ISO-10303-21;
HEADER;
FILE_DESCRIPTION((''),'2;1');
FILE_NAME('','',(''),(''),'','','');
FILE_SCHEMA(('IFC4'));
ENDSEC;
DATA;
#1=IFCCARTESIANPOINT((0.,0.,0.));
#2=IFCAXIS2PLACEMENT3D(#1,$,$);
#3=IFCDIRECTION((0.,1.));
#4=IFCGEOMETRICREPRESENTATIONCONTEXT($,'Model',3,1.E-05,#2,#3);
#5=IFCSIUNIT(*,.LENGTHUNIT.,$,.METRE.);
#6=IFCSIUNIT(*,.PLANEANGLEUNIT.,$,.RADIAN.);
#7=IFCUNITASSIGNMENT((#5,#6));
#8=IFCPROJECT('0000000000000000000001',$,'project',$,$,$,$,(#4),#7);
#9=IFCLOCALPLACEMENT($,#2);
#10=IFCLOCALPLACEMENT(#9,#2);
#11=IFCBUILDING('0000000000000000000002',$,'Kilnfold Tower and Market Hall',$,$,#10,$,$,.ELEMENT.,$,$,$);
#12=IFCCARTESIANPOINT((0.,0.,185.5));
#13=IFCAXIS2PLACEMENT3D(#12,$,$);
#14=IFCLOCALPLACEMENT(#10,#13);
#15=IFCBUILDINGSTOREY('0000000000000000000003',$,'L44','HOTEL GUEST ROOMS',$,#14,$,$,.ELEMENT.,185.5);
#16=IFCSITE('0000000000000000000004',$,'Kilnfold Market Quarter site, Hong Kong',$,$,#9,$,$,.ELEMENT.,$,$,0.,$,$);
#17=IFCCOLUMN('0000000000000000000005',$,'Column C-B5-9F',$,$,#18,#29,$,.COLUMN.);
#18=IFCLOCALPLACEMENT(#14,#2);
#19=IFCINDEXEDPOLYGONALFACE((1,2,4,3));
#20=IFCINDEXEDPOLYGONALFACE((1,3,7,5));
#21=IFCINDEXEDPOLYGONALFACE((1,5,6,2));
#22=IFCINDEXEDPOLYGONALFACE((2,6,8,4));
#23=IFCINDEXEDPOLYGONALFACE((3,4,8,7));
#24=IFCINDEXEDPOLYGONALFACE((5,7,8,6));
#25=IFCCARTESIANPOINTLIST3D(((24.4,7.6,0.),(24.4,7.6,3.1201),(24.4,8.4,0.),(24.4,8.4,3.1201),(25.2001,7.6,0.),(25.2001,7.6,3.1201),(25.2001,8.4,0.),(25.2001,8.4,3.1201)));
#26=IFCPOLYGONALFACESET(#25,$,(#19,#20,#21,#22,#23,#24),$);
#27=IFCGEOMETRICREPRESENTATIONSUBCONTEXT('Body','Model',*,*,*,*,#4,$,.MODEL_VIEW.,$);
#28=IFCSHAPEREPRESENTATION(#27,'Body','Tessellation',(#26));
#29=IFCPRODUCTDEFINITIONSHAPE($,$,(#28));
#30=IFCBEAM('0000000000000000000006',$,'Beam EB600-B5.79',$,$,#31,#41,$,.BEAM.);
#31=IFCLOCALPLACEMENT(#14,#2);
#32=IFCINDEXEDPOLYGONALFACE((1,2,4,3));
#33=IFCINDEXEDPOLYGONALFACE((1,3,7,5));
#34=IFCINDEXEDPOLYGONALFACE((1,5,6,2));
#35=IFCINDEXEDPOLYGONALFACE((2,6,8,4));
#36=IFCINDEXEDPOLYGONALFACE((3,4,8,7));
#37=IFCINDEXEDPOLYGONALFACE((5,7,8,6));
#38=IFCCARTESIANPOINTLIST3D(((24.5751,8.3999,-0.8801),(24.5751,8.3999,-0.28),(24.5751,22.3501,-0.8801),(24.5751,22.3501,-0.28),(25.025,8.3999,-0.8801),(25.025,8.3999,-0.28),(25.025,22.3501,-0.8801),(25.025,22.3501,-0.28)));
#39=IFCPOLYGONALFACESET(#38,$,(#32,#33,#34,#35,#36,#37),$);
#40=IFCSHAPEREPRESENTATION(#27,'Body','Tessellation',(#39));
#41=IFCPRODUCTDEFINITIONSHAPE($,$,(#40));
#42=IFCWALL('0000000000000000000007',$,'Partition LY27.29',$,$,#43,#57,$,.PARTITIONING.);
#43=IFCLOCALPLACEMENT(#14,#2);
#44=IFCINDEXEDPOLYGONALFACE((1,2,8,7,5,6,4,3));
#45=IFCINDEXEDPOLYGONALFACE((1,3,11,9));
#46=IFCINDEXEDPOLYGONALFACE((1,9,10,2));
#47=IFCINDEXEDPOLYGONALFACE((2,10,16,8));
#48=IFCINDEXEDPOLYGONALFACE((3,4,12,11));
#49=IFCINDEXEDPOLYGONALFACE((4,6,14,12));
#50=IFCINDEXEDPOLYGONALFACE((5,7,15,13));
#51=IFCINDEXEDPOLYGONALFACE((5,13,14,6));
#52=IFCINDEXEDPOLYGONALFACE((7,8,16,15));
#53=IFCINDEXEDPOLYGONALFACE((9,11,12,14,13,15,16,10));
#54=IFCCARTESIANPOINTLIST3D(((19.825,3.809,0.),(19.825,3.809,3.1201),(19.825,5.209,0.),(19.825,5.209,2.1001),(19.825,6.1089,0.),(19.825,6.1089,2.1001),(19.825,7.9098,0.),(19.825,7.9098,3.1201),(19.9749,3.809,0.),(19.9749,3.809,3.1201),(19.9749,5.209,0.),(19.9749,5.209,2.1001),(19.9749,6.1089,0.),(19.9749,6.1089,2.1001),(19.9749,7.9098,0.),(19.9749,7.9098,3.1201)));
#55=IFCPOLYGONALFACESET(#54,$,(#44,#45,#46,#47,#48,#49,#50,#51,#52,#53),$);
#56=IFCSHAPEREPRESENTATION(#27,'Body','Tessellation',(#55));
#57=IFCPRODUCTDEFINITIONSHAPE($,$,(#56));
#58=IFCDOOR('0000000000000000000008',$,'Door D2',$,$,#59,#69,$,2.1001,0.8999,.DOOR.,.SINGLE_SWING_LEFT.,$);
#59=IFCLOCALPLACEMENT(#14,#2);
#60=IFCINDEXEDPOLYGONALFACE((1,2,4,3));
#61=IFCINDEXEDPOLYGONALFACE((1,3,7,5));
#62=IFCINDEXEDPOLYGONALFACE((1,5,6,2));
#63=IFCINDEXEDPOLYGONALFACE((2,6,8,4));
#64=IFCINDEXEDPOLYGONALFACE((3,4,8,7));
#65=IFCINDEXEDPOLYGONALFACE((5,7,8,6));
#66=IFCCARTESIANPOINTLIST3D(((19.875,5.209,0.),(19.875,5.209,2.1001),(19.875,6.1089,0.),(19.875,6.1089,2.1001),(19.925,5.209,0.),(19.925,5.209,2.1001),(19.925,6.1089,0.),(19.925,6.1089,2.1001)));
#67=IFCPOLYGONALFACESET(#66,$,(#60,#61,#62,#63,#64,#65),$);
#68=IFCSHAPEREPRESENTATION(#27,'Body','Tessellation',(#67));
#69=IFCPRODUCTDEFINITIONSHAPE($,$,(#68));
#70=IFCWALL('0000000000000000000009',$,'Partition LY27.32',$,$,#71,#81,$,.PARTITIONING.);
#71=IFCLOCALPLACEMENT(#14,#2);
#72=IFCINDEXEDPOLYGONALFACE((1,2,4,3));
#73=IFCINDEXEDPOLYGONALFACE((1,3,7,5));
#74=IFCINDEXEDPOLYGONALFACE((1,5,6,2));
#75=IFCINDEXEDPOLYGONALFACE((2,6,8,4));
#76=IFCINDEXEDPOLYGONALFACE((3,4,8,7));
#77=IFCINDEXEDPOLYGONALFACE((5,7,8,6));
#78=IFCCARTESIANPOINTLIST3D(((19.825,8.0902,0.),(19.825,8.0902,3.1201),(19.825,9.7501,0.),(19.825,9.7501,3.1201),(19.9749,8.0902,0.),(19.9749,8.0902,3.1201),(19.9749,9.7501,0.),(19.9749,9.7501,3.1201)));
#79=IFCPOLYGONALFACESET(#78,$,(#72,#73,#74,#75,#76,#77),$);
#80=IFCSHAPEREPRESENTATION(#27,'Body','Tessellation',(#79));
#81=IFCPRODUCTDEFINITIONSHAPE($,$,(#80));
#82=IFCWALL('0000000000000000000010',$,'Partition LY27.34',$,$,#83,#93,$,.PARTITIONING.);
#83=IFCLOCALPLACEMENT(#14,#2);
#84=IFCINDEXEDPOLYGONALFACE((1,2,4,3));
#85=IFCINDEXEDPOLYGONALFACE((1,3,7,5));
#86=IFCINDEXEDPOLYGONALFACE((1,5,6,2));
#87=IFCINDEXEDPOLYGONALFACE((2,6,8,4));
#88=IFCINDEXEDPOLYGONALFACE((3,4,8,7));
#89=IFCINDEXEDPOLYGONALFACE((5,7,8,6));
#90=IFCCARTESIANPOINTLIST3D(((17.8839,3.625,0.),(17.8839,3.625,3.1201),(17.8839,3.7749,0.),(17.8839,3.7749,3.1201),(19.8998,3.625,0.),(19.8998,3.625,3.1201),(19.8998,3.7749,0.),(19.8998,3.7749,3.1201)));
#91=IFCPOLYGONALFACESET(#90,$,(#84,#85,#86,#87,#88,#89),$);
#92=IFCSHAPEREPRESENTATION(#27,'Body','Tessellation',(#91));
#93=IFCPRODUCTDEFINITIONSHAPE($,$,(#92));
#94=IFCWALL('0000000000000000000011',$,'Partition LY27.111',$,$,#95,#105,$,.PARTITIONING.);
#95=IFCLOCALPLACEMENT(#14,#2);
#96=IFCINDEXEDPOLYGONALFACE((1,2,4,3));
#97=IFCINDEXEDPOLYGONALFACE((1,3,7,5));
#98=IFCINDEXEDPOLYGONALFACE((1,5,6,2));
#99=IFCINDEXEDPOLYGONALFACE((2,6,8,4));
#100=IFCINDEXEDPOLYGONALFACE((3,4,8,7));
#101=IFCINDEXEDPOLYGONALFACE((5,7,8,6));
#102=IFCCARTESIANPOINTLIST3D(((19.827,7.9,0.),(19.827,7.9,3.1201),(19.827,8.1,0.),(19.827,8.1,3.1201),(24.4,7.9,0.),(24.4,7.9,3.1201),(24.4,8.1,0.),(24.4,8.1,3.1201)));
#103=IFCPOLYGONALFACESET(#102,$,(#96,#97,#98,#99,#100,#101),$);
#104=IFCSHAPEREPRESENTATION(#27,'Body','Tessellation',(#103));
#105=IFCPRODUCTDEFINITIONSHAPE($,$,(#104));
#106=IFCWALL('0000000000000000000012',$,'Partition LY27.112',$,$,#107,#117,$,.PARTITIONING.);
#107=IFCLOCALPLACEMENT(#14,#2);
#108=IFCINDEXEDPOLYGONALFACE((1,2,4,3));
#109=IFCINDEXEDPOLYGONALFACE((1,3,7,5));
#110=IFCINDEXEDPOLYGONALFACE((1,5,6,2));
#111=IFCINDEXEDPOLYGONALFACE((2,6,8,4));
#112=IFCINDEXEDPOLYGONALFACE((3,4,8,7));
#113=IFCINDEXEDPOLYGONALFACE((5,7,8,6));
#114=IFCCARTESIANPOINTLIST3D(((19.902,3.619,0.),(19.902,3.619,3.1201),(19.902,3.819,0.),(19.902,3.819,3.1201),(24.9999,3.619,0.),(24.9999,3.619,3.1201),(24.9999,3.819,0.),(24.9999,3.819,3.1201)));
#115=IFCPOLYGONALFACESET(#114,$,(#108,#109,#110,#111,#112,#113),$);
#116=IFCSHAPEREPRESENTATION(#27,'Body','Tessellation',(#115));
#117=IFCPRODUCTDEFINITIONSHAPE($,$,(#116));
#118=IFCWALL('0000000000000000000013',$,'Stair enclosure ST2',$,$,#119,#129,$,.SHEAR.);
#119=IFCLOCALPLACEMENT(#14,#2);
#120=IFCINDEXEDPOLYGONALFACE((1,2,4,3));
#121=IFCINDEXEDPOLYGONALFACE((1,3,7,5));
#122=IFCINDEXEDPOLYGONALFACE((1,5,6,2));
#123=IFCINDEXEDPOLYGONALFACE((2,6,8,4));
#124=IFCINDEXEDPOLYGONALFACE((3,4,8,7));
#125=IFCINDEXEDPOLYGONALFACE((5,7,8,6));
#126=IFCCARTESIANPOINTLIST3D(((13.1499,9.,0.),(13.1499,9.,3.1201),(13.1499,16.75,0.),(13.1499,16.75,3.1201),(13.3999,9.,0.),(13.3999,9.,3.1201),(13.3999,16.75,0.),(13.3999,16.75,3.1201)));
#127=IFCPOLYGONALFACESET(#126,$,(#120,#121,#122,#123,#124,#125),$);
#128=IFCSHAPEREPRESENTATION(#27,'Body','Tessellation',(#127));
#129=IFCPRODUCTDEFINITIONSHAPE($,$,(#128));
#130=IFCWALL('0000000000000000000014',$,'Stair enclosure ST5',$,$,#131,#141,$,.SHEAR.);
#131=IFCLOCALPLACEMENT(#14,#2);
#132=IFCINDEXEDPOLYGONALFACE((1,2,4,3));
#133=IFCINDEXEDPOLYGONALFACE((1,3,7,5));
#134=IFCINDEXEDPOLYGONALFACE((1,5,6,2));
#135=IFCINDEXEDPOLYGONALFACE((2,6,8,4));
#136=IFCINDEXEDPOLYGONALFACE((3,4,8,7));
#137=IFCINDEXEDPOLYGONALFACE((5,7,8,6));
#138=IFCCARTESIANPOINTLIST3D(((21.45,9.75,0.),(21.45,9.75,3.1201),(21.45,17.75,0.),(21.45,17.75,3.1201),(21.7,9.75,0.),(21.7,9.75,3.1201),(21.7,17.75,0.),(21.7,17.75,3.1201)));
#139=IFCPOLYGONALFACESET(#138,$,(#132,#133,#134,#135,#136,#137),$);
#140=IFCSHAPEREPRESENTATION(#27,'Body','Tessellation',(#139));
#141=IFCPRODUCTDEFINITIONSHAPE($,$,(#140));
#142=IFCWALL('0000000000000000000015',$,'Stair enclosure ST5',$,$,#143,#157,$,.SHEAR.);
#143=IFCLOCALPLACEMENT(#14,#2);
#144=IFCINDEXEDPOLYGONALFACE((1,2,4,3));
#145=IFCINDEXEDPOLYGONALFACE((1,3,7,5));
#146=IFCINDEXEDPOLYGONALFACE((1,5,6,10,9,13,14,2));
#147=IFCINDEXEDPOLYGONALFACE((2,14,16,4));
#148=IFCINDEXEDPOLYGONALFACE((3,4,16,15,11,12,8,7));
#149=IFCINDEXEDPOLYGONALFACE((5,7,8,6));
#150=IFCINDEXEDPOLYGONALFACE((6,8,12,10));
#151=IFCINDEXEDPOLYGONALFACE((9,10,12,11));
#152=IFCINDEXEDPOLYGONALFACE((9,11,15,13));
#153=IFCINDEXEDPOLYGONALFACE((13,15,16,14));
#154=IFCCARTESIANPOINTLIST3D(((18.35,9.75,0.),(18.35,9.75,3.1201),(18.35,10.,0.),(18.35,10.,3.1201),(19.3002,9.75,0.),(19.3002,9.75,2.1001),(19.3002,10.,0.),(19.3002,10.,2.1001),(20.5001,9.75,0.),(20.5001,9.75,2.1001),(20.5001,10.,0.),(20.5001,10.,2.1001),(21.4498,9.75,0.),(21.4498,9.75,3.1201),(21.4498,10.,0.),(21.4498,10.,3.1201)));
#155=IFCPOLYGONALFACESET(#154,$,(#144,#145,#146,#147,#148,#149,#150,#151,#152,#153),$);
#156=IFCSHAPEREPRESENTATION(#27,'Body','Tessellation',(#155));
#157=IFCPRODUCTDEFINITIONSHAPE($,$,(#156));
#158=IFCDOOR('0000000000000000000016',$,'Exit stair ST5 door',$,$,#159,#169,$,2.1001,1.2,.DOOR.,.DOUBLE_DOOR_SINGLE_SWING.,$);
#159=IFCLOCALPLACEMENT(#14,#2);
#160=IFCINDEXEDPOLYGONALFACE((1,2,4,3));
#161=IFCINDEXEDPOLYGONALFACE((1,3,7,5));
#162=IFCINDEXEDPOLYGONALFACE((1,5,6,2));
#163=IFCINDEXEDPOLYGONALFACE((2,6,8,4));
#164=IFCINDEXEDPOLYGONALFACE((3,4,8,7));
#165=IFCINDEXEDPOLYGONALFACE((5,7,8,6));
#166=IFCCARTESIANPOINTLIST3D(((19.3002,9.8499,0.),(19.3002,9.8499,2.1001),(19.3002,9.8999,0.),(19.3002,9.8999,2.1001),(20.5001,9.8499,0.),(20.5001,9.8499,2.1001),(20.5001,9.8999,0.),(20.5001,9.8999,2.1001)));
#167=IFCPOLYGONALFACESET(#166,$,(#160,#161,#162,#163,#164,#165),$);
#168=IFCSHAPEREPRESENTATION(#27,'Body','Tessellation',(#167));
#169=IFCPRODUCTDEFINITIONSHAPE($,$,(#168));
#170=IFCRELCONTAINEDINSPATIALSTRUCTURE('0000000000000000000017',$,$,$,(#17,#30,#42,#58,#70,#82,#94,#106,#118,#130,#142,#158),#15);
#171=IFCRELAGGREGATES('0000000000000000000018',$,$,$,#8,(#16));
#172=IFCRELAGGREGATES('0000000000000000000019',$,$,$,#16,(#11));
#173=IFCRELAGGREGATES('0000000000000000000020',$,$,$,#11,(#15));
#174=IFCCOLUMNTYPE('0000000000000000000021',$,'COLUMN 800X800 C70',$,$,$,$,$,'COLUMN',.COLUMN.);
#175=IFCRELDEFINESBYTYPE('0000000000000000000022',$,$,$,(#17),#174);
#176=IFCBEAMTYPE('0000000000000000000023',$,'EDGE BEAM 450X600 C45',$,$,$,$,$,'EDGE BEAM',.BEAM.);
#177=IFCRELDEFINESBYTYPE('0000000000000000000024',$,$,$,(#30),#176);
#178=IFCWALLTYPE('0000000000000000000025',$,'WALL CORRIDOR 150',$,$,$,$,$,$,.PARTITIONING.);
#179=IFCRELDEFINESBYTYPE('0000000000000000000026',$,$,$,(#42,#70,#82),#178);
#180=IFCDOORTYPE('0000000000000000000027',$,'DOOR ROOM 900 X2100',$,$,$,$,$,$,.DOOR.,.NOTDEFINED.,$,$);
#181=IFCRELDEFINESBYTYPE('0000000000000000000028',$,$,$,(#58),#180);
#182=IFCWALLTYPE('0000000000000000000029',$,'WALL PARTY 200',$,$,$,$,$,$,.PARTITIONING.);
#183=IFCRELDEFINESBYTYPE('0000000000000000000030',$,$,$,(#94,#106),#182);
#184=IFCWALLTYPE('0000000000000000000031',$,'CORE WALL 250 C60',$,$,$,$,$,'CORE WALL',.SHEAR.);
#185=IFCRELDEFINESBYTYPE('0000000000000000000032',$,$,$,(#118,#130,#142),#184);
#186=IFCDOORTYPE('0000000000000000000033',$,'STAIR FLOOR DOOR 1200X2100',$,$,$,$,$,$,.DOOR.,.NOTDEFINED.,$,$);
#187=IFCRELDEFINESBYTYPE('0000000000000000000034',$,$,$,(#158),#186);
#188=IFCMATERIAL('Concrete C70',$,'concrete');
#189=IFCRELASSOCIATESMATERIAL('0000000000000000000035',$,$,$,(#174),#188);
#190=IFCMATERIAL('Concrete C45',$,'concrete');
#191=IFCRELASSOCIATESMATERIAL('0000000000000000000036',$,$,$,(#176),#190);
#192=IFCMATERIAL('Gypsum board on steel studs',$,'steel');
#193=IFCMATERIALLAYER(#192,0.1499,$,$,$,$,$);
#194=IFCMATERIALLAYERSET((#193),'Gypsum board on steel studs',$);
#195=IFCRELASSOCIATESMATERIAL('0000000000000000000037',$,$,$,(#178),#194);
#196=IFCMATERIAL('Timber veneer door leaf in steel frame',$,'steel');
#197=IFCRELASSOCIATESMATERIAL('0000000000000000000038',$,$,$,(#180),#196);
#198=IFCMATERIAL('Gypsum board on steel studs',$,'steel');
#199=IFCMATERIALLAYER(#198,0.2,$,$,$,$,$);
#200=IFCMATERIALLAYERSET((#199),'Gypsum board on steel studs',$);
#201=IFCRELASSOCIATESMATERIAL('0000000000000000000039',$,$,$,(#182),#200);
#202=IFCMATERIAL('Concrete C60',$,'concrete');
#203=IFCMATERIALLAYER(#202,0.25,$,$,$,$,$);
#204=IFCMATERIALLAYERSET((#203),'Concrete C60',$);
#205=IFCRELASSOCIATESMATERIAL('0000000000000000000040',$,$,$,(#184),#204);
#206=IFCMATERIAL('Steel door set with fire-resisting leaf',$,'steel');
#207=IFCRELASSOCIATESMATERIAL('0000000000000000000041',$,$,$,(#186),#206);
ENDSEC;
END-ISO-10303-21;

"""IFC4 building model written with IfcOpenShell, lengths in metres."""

from ifc_helpers import new_model, si_unit, direction, frame, frame_2d, origin, origin_2d, place, context, subcontext, project, spatial, rectangle, extrude, source, transform, mapped, material, layer, layer_set, material_profile, profile_set, type_object, element, fill, save


model = new_model("IFC4")

# Units and contexts
model_context = context("Model", 3, precision=1e-05, world=origin(), true_north=direction((0.0, 1.0)))
body_context = subcontext(model_context, "Body", "Model", "MODEL_VIEW")
ifc_project = project(units=[si_unit("LENGTHUNIT", "METRE"), si_unit("PLANEANGLEUNIT", "RADIAN")], contexts=[model_context])

# Site, building, storey
site_placement = place(None, origin())
site = spatial("IfcSite", under=ifc_project, at=site_placement, Name="Kilnfold Market Quarter site, Hong Kong", CompositionType="ELEMENT", RefElevation=0.0)
building_placement = place(site_placement, origin())
building = spatial("IfcBuilding", under=site, at=building_placement, Name="Kilnfold Tower and Market Hall", CompositionType="ELEMENT")
storey_placement = place(building_placement, frame((0.0, 0.0, 185.5)))
storey = spatial("IfcBuildingStorey", under=building, at=storey_placement, Name="L44", Description="HOTEL GUEST ROOMS", CompositionType="ELEMENT", Elevation=185.5)

# Column
ifc_material_1 = material(Name="Concrete C70", Category="concrete")
ifc_material_profile_1 = material_profile(ifc_material_1, rectangle(XDim=0.8, YDim=0.8, at=origin_2d()), Name="RC 800x800")
ifc_profile_set_1 = profile_set([ifc_material_profile_1], Name="Concrete C70")
column_type = type_object("IfcColumnType", Name="COLUMN 800X800 C70", ElementType="COLUMN", PredefinedType="COLUMN", material=ifc_profile_set_1)
shared_shape_1 = source(origin(), body_context, "Body", "SweptSolid", [
    extrude(rectangle(XDim=0.8, YDim=0.8, at=origin_2d()), origin(), (0.0, 0.0, 1.0), 3.1201),
])
column_placement = place(storey_placement, frame((24.8, 8.0, 0.0), z_axis=(0.0, 0.0, 1.0), x_axis=(1.0, 0.0, 0.0)))
element("IfcColumn", 1, at=column_placement, inside=storey, type_object=column_type, Name="Column C-B5-9F", PredefinedType="COLUMN", context=body_context, shape_type="MappedRepresentation", body=[
    mapped(shared_shape_1, transform((0.0, 0.0, 0.0))),
])

# Beam
ifc_material_2 = material(Name="Concrete C45", Category="concrete")
ifc_material_profile_2 = material_profile(ifc_material_2, rectangle(XDim=0.45, YDim=0.6001, at=origin_2d()), Name="RC 450x600")
ifc_profile_set_2 = profile_set([ifc_material_profile_2], Name="Concrete C45")
beam_type = type_object("IfcBeamType", Name="EDGE BEAM 450X600 C45", ElementType="EDGE BEAM", PredefinedType="BEAM", material=ifc_profile_set_2)
shared_shape_2 = source(origin(), body_context, "Body", "SweptSolid", [
    extrude(rectangle(XDim=0.45, YDim=0.6001, at=origin_2d()), origin(), (0.0, 0.0, 1.0), 13.9502),
])
beam_placement = place(storey_placement, frame((24.8, 8.3999, -0.5801), z_axis=(0.0, 1.0, 0.0), x_axis=(-1.0, 0.0, 0.0)))
element("IfcBeam", 2, at=beam_placement, inside=storey, type_object=beam_type, Name="Beam EB600-B5.79", PredefinedType="BEAM", context=body_context, shape_type="MappedRepresentation", body=[
    mapped(shared_shape_2, transform((0.0, 0.0, 0.0))),
])

# Wall, opening, door
ifc_material_3 = material(Name="Gypsum board on steel studs", Category="steel")
ifc_layer_1 = layer(ifc_material_3, 0.1499)
ifc_layer_set_1 = layer_set([ifc_layer_1], Name="Gypsum board on steel studs")
wall_type_1 = type_object("IfcWallType", Name="WALL CORRIDOR 150", PredefinedType="PARTITIONING", material=ifc_layer_set_1)
wall_1_placement = place(storey_placement, frame((19.8999, 3.8091, 0.0), z_axis=(0.0, 0.0, 1.0), x_axis=(0.0, 1.0, 0.0)))
wall_1 = element("IfcWall", 3, at=wall_1_placement, inside=storey, type_object=wall_type_1, Name="Partition LY27.29", PredefinedType="PARTITIONING", context=body_context, shape_type="SweptSolid", body=[
    extrude(rectangle(XDim=4.1008, YDim=0.1499, at=frame_2d((2.0503, 0.0))), origin(), (0.0, 0.0, 1.0), 3.1201),
])
opening_1_placement = place(wall_1_placement, frame((1.3999, 0.0, 0.0)))
opening_1 = element("IfcOpeningElement", 4, at=opening_1_placement, cuts=wall_1, PredefinedType="OPENING", context=body_context, shape_type="SweptSolid", body=[
    extrude(rectangle(XDim=0.8999, YDim=2.1001, at=frame_2d((0.45, 1.05))), frame((0.0, 0.085, 0.0), z_axis=(0.0, -1.0, 0.0), x_axis=(1.0, 0.0, 0.0)), (0.0, 0.0, 1.0), 0.1699),
])
ifc_material_4 = material(Name="Timber veneer door leaf in steel frame", Category="steel")
door_type_1 = type_object("IfcDoorType", Name="DOOR ROOM 900 X2100", OperationType="NOTDEFINED", PredefinedType="DOOR", material=ifc_material_4)
door_1_placement = place(opening_1_placement, origin())
door_1 = element("IfcDoor", 5, at=door_1_placement, inside=storey, type_object=door_type_1, Name="Door D2", OperationType="SINGLE_SWING_LEFT", OverallHeight=2.1001, OverallWidth=0.8999, PredefinedType="DOOR", context=body_context, shape_type="SweptSolid", body=[
    extrude(rectangle(XDim=0.8999, YDim=2.1001, at=frame_2d((0.45, 1.05))), frame((0.0, 0.0249, 0.0), z_axis=(0.0, -1.0, 0.0), x_axis=(1.0, 0.0, 0.0)), (0.0, 0.0, 1.0), 0.05),
])
fill(opening_1, door_1)

# Walls
wall_2_placement = place(storey_placement, frame((19.8999, 8.0901, 0.0), z_axis=(0.0, 0.0, 1.0), x_axis=(0.0, 1.0, 0.0)))
element("IfcWall", 6, at=wall_2_placement, inside=storey, type_object=wall_type_1, Name="Partition LY27.32", PredefinedType="PARTITIONING", context=body_context, shape_type="SweptSolid", body=[
    extrude(rectangle(XDim=1.6599, YDim=0.1499, at=frame_2d((0.8301, 0.0))), origin(), (0.0, 0.0, 1.0), 3.1201),
])
wall_3_placement = place(storey_placement, frame((17.884, 3.7, 0.0), z_axis=(0.0, 0.0, 1.0), x_axis=(1.0, 0.0, 0.0)))
element("IfcWall", 7, at=wall_3_placement, inside=storey, type_object=wall_type_1, Name="Partition LY27.34", PredefinedType="PARTITIONING", context=body_context, shape_type="SweptSolid", body=[
    extrude(rectangle(XDim=2.0159, YDim=0.1499, at=frame_2d((1.0078, 0.0))), origin(), (0.0, 0.0, 1.0), 3.1201),
])
ifc_material_5 = material(Name="Gypsum board on steel studs", Category="steel")
ifc_layer_2 = layer(ifc_material_5, 0.2)
ifc_layer_set_2 = layer_set([ifc_layer_2], Name="Gypsum board on steel studs")
wall_type_2 = type_object("IfcWallType", Name="WALL PARTY 200", PredefinedType="PARTITIONING", material=ifc_layer_set_2)
wall_4_placement = place(storey_placement, frame((19.8269, 8.0, 0.0), z_axis=(0.0, 0.0, 1.0), x_axis=(1.0, 0.0, 0.0)))
element("IfcWall", 8, at=wall_4_placement, inside=storey, type_object=wall_type_2, Name="Partition LY27.111", PredefinedType="PARTITIONING", context=body_context, shape_type="SweptSolid", body=[
    extrude(rectangle(XDim=4.573, YDim=0.2, at=frame_2d((2.2866, 0.0))), origin(), (0.0, 0.0, 1.0), 3.1201),
])
wall_5_placement = place(storey_placement, frame((19.9021, 3.719, 0.0), z_axis=(0.0, 0.0, 1.0), x_axis=(1.0, 0.0, 0.0)))
element("IfcWall", 9, at=wall_5_placement, inside=storey, type_object=wall_type_2, Name="Partition LY27.112", PredefinedType="PARTITIONING", context=body_context, shape_type="SweptSolid", body=[
    extrude(rectangle(XDim=5.0979, YDim=0.2, at=frame_2d((2.5488, 0.0))), origin(), (0.0, 0.0, 1.0), 3.1201),
])
ifc_material_6 = material(Name="Concrete C60", Category="concrete")
ifc_layer_3 = layer(ifc_material_6, 0.25)
ifc_layer_set_3 = layer_set([ifc_layer_3], Name="Concrete C60")
wall_type_3 = type_object("IfcWallType", Name="CORE WALL 250 C60", ElementType="CORE WALL", PredefinedType="SHEAR", material=ifc_layer_set_3)
shared_shape_3 = source(origin(), body_context, "Body", "SweptSolid", [
    extrude(rectangle(XDim=7.75, YDim=0.25, at=frame_2d((3.875, 0.0))), origin(), (0.0, 0.0, 1.0), 3.1201),
])
wall_6_placement = place(storey_placement, frame((13.2749, 9.0, 0.0), z_axis=(0.0, 0.0, 1.0), x_axis=(0.0, 1.0, 0.0)))
element("IfcWall", 10, at=wall_6_placement, inside=storey, type_object=wall_type_3, Name="Stair enclosure ST2", PredefinedType="SHEAR", context=body_context, shape_type="MappedRepresentation", body=[
    mapped(shared_shape_3, transform((0.0, 0.0, 0.0))),
])
shared_shape_4 = source(origin(), body_context, "Body", "SweptSolid", [
    extrude(rectangle(XDim=8.0, YDim=0.25, at=frame_2d((4.0, 0.0))), origin(), (0.0, 0.0, 1.0), 3.1201),
])
wall_7_placement = place(storey_placement, frame((21.575, 9.75, 0.0), z_axis=(0.0, 0.0, 1.0), x_axis=(0.0, 1.0, 0.0)))
element("IfcWall", 11, at=wall_7_placement, inside=storey, type_object=wall_type_3, Name="Stair enclosure ST5", PredefinedType="SHEAR", context=body_context, shape_type="MappedRepresentation", body=[
    mapped(shared_shape_4, transform((0.0, 0.0, 0.0))),
])

# Wall, opening, door
shared_shape_5 = source(origin(), body_context, "Body", "SweptSolid", [
    extrude(rectangle(XDim=3.0999, YDim=0.25, at=frame_2d((1.5498, 0.0))), origin(), (0.0, 0.0, 1.0), 3.1201),
])
wall_8_placement = place(storey_placement, frame((18.3501, 9.875, 0.0), z_axis=(0.0, 0.0, 1.0), x_axis=(1.0, 0.0, 0.0)))
wall_8 = element("IfcWall", 12, at=wall_8_placement, inside=storey, type_object=wall_type_3, Name="Stair enclosure ST5", PredefinedType="SHEAR", context=body_context, shape_type="MappedRepresentation", body=[
    mapped(shared_shape_5, transform((0.0, 0.0, 0.0))),
])
opening_2_placement = place(wall_8_placement, frame((0.95, 0.0, 0.0)))
opening_2 = element("IfcOpeningElement", 13, at=opening_2_placement, cuts=wall_8, PredefinedType="OPENING", context=body_context, shape_type="SweptSolid", body=[
    extrude(rectangle(XDim=1.2, YDim=2.1001, at=frame_2d((0.6001, 1.05))), frame((0.0, 0.135, 0.0), z_axis=(0.0, -1.0, 0.0), x_axis=(1.0, 0.0, 0.0)), (0.0, 0.0, 1.0), 0.27),
])
ifc_material_7 = material(Name="Steel door set with fire-resisting leaf", Category="steel")
door_type_2 = type_object("IfcDoorType", Name="STAIR FLOOR DOOR 1200X2100", OperationType="NOTDEFINED", PredefinedType="DOOR", material=ifc_material_7)
door_2_placement = place(opening_2_placement, origin())
door_2 = element("IfcDoor", 14, at=door_2_placement, inside=storey, type_object=door_type_2, Name="Exit stair ST5 door", OperationType="DOUBLE_DOOR_SINGLE_SWING", OverallHeight=2.1001, OverallWidth=1.2, PredefinedType="DOOR", context=body_context, shape_type="SweptSolid", body=[
    extrude(rectangle(XDim=1.2, YDim=2.1001, at=frame_2d((0.6001, 1.05))), frame((0.0, 0.0249, 0.0), z_axis=(0.0, -1.0, 0.0), x_axis=(1.0, 0.0, 0.0)), (0.0, 0.0, 1.0), 0.05),
])
fill(opening_2, door_2)

save(model, "model.ifc")
